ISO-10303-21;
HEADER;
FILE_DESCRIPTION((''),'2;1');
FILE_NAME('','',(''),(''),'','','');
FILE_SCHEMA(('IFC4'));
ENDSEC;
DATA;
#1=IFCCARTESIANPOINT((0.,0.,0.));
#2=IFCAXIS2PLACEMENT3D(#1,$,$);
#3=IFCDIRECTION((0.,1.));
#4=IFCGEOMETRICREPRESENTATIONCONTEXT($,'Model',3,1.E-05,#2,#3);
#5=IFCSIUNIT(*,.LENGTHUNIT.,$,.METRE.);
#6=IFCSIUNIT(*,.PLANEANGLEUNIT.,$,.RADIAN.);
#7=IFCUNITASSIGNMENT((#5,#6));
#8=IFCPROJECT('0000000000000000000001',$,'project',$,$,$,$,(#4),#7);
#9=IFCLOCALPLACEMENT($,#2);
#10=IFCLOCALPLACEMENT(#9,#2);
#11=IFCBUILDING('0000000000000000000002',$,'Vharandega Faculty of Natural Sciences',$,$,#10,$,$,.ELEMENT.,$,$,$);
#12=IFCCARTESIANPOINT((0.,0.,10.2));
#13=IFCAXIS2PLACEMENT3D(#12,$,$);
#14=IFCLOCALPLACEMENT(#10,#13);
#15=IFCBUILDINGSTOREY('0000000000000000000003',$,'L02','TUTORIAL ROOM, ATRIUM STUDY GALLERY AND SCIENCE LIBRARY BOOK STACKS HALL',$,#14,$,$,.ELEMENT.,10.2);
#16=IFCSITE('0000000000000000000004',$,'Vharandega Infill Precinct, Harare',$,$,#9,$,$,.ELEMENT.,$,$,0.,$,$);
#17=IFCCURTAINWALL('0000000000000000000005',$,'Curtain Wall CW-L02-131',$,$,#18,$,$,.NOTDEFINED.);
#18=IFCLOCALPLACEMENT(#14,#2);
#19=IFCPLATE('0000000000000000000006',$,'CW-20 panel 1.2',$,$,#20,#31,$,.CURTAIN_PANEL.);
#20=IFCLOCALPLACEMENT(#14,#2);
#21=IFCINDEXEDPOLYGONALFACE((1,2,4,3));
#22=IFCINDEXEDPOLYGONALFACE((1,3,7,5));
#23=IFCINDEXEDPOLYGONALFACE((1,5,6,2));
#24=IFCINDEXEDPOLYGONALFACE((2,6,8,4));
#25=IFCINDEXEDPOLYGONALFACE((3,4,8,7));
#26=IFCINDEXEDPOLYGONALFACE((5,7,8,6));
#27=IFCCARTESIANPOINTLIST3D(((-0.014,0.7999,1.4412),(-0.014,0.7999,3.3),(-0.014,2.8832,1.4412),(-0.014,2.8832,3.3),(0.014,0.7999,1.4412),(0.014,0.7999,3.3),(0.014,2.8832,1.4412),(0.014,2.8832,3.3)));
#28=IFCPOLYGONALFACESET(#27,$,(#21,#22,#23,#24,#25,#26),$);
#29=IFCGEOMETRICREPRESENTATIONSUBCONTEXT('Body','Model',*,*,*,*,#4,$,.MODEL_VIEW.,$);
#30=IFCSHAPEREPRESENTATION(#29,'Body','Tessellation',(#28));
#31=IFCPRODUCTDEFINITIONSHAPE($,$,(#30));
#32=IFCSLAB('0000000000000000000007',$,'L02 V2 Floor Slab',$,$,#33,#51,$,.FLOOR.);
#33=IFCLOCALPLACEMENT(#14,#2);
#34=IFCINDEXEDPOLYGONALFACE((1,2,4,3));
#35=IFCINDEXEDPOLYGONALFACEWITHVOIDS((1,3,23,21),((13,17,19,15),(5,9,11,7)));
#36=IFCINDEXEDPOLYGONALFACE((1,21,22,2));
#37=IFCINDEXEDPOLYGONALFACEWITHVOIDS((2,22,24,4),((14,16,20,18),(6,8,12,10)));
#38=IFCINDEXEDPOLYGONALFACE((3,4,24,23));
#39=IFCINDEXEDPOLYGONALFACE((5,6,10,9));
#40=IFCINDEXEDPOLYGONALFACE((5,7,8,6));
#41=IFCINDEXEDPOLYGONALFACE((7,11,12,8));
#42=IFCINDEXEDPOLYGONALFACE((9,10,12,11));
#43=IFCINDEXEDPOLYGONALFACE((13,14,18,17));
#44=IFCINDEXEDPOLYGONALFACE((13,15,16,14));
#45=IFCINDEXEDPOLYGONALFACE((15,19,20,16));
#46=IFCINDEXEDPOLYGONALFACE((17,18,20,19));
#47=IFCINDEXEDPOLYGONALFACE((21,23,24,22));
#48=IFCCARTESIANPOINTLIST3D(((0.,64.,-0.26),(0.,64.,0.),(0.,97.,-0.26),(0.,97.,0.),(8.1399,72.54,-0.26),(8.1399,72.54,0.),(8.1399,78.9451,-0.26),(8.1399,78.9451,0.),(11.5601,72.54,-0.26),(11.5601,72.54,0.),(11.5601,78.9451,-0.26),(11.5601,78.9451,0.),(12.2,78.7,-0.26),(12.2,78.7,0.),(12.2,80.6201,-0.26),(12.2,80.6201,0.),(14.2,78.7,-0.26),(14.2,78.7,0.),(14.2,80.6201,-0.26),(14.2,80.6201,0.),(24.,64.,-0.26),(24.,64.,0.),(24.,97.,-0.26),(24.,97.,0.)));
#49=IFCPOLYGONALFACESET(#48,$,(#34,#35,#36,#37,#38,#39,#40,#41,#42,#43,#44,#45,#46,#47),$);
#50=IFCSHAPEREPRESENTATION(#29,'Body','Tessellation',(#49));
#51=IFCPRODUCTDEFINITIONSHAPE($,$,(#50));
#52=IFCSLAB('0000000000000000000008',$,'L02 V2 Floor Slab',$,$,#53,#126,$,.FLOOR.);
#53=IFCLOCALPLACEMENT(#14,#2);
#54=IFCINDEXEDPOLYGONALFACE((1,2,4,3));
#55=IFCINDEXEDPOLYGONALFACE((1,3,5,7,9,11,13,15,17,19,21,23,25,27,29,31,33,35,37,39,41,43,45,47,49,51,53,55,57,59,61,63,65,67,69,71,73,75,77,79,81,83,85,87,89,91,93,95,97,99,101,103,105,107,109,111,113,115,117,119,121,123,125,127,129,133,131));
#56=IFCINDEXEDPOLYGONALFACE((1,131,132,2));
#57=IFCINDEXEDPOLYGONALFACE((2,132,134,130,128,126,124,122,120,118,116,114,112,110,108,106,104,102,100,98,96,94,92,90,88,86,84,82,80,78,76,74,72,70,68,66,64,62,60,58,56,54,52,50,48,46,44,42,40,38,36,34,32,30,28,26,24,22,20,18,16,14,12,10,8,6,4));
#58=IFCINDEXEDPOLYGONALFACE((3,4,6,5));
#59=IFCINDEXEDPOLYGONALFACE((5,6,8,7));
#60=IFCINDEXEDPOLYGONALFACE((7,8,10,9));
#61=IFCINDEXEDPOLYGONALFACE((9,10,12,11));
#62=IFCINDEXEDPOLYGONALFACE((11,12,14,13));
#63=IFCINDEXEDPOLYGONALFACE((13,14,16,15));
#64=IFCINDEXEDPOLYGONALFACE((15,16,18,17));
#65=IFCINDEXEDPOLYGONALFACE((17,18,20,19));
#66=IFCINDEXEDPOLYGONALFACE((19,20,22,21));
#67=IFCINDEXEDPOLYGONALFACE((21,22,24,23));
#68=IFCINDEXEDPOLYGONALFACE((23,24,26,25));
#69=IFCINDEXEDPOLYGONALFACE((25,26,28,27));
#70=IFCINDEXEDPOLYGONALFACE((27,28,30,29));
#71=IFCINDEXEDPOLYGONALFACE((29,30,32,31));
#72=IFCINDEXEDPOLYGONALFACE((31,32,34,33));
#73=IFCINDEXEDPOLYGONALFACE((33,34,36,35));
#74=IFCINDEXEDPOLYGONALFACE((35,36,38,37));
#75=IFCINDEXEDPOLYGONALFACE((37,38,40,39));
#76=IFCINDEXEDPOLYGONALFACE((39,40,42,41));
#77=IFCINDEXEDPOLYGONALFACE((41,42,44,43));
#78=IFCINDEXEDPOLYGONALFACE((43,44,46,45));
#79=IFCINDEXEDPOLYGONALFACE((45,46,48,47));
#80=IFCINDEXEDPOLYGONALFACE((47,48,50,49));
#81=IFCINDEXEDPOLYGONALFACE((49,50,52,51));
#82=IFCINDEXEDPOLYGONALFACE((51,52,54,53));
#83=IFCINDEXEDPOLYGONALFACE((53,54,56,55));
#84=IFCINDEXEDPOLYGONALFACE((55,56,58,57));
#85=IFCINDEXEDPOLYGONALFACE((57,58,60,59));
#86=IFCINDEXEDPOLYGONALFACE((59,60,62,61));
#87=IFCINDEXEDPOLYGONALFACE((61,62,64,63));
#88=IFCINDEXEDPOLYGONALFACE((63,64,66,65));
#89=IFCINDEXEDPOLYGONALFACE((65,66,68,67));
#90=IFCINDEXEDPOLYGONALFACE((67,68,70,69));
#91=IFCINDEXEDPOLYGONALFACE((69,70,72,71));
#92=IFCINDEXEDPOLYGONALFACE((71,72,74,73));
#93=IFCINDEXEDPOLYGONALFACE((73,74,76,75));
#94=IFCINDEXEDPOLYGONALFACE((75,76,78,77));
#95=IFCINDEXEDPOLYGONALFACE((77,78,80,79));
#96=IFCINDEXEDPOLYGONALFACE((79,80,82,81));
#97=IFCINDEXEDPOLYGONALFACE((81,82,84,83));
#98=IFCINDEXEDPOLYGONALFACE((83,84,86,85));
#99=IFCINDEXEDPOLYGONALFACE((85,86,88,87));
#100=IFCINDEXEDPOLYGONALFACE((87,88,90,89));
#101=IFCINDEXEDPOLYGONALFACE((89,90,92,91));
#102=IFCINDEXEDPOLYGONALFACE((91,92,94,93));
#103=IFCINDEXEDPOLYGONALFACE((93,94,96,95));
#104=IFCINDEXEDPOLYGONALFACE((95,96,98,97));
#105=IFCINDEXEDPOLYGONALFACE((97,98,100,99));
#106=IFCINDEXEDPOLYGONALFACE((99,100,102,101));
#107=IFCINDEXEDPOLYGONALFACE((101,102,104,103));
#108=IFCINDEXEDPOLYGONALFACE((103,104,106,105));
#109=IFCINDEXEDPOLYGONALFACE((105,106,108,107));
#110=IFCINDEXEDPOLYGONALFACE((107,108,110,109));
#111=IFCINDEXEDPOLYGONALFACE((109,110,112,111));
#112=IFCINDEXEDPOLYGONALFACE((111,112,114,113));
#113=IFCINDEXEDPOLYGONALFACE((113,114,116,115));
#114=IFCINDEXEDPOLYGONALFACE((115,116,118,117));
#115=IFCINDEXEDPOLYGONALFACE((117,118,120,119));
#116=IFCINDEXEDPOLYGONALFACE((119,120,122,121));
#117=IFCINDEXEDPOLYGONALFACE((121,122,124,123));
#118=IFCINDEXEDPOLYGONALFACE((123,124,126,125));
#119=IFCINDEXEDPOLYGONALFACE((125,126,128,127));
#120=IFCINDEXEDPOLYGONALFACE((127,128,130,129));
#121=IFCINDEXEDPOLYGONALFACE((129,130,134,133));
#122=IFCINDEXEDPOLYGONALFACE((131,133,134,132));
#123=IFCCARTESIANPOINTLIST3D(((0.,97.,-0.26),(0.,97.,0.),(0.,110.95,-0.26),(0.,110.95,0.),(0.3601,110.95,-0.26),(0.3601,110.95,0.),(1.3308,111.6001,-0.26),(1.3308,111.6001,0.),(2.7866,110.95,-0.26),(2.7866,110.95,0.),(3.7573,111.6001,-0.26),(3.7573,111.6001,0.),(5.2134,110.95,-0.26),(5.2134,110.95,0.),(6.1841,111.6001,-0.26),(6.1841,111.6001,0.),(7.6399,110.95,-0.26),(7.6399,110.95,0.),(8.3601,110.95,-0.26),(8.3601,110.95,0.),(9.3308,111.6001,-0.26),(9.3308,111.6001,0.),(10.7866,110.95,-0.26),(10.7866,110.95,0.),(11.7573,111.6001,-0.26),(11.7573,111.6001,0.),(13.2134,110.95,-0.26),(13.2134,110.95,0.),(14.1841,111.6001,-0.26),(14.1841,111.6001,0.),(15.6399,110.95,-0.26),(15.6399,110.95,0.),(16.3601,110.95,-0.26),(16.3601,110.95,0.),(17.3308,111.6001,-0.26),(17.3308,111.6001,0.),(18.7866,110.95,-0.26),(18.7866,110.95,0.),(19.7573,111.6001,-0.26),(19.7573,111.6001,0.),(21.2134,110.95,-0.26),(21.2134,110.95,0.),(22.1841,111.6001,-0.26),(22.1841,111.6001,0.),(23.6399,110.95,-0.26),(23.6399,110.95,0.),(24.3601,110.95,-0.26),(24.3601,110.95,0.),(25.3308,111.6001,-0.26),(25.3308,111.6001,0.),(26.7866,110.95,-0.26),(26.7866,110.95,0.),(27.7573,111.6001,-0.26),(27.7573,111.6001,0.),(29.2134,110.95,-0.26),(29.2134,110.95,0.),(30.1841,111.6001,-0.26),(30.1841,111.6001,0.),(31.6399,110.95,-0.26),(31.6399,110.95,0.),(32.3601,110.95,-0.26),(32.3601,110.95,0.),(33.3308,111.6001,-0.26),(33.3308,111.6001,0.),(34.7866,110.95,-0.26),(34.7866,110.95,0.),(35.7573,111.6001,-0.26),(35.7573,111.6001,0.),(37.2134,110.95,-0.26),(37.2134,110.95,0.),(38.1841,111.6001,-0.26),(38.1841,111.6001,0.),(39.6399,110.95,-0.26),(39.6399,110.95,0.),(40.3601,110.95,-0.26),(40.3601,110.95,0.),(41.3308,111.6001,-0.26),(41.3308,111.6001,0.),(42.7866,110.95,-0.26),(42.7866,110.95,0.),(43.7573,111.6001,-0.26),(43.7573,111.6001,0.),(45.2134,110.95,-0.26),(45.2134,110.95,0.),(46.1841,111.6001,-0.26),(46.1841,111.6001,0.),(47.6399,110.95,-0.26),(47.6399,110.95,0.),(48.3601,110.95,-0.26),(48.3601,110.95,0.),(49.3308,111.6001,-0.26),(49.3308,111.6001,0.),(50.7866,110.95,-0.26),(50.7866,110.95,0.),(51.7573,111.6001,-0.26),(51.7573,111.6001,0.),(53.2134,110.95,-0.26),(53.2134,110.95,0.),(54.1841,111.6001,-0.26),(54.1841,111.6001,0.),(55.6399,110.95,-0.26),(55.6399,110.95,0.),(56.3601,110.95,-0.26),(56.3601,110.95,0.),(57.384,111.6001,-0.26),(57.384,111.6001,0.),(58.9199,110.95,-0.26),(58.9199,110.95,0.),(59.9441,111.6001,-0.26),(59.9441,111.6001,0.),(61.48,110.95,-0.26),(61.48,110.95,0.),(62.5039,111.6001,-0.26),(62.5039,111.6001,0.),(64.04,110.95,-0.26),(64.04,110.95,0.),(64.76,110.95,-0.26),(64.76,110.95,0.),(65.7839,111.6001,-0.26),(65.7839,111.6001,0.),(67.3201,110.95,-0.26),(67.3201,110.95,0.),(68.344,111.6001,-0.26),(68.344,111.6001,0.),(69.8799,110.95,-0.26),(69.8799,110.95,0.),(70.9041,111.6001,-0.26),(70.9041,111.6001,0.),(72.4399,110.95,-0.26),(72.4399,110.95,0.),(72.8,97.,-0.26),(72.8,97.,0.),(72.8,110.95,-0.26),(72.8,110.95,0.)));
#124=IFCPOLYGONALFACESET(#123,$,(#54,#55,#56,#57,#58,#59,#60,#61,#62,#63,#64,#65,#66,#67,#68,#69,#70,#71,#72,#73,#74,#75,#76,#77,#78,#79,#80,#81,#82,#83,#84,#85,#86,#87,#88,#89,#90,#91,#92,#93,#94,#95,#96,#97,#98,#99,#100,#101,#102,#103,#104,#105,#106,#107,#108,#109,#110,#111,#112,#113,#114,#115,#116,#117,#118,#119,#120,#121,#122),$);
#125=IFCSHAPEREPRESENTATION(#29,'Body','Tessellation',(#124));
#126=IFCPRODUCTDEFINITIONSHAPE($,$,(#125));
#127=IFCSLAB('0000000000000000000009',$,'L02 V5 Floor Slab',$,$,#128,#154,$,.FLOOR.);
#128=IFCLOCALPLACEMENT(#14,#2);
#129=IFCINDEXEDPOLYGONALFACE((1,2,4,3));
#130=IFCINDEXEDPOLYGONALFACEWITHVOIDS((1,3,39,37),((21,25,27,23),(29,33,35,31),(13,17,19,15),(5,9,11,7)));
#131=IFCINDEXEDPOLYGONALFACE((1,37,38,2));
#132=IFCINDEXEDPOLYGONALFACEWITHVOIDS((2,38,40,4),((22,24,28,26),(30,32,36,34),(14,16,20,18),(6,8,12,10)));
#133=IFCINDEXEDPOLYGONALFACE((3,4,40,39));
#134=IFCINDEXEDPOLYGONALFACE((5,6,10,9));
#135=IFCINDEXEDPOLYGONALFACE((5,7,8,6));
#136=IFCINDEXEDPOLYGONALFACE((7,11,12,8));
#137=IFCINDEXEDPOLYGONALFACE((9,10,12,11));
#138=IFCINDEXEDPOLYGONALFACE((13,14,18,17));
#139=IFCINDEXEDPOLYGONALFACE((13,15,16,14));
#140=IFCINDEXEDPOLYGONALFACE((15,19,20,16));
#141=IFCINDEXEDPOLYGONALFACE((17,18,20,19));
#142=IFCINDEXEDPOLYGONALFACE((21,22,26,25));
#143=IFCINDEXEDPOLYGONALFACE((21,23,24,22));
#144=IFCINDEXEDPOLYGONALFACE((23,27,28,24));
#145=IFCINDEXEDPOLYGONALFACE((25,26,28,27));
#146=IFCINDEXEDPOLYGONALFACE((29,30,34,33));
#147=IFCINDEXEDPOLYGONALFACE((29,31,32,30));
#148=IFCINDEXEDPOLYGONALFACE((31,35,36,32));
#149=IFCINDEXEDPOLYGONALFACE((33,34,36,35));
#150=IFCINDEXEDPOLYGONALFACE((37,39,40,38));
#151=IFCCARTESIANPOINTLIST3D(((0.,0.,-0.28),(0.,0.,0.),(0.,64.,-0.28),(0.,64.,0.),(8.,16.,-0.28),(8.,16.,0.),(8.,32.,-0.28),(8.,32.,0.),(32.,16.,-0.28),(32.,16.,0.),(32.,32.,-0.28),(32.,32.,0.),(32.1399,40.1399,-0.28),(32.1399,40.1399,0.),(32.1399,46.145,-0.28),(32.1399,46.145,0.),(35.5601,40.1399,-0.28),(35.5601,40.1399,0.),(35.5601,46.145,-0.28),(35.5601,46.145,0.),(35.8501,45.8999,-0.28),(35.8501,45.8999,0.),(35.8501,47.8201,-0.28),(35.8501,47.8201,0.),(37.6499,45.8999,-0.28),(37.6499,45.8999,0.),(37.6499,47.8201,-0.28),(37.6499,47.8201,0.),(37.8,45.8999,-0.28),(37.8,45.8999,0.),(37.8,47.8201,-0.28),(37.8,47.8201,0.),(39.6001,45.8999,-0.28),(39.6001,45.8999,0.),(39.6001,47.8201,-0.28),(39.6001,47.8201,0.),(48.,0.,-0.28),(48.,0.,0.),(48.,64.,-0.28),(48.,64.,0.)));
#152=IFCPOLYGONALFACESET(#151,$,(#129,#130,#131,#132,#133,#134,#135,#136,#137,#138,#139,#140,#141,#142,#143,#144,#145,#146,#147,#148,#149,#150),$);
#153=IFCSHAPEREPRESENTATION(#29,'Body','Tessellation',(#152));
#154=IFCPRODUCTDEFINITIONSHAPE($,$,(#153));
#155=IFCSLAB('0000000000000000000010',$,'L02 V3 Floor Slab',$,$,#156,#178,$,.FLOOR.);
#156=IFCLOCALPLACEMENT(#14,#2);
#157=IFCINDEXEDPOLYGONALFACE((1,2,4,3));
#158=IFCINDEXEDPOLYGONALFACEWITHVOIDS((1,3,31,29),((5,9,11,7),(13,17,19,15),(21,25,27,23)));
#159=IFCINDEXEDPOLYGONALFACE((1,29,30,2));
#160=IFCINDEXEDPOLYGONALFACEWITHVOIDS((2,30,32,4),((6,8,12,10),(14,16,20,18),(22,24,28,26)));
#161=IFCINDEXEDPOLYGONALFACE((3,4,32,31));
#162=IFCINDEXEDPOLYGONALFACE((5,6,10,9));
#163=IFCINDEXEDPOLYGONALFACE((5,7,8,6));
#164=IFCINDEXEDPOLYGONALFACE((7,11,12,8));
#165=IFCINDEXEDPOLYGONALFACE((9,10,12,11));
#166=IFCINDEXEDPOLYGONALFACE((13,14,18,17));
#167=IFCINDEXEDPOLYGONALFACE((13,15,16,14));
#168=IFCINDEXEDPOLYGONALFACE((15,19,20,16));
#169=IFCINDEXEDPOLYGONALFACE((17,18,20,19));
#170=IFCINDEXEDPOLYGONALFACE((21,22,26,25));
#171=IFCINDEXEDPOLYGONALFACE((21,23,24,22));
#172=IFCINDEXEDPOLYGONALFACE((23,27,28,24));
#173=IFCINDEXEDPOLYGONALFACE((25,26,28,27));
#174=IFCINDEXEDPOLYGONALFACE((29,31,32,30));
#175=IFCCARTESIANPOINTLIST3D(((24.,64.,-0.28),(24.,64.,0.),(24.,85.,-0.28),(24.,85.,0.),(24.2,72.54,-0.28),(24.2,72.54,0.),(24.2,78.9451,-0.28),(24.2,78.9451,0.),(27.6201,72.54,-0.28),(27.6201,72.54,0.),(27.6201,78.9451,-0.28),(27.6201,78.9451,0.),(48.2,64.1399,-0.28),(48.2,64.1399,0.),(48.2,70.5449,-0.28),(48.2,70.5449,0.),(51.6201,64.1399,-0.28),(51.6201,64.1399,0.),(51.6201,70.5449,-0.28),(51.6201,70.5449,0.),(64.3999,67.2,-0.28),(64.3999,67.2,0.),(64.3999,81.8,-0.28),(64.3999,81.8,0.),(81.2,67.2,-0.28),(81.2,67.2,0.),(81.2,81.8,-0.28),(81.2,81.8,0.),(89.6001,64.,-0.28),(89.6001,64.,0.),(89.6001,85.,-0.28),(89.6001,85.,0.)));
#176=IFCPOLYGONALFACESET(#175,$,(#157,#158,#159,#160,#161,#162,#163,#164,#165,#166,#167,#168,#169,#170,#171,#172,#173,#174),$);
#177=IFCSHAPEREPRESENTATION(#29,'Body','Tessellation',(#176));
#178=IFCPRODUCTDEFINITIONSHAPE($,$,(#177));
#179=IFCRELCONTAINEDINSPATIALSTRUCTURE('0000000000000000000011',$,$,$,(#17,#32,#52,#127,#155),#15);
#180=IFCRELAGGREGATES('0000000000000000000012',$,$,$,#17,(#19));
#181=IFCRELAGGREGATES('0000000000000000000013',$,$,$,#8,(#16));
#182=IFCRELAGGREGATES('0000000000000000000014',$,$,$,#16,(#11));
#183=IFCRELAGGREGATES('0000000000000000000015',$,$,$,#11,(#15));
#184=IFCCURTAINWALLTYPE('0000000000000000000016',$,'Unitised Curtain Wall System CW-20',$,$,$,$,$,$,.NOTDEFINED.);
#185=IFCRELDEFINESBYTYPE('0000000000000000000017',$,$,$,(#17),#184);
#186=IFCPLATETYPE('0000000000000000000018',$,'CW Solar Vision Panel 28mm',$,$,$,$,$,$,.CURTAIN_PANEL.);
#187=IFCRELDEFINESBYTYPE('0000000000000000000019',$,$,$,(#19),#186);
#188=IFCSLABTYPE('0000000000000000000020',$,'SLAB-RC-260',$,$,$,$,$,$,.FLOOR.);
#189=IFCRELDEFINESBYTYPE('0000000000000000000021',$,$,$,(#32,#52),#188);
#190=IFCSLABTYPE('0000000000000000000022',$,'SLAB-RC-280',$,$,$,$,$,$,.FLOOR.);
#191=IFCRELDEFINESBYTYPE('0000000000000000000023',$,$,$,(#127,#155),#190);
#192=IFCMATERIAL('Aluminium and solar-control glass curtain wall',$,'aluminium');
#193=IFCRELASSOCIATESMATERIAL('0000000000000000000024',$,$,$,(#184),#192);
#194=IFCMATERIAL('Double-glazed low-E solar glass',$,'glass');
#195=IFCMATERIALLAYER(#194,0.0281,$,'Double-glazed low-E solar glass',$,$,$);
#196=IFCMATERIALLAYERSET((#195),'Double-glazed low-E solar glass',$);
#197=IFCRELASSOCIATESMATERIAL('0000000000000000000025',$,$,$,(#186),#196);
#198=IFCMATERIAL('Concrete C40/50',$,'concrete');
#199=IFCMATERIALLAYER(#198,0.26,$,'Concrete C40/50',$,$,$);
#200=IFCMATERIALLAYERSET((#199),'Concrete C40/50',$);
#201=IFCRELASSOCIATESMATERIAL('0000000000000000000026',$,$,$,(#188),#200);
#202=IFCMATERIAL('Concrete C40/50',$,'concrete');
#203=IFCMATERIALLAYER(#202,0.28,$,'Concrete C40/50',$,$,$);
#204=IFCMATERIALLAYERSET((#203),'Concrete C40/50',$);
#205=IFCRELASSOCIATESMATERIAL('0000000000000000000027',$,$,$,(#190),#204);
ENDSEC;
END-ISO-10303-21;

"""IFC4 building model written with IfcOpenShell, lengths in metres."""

from ifc_helpers import new_model, si_unit, direction, frame, origin, origin_2d, place, context, subcontext, project, spatial, polyline, rectangle, outline, extrude, material, layer, layer_set, type_object, element, aggregate, save


model = new_model("IFC4")

# Units and contexts
model_context = context("Model", 3, precision=1e-05, world=origin(), true_north=direction((0.0, 1.0)))
body_context = subcontext(model_context, "Body", "Model", "MODEL_VIEW")
ifc_project = project(units=[si_unit("LENGTHUNIT", "METRE"), si_unit("PLANEANGLEUNIT", "RADIAN")], contexts=[model_context])

# Site, building, storey
site_placement = place(None, origin())
site = spatial("IfcSite", under=ifc_project, at=site_placement, Name="Vharandega Infill Precinct, Harare", CompositionType="ELEMENT", RefElevation=0.0)
building_placement = place(site_placement, origin())
building = spatial("IfcBuilding", under=site, at=building_placement, Name="Vharandega Faculty of Natural Sciences", CompositionType="ELEMENT")
storey_placement = place(building_placement, frame((0.0, 0.0, 10.2)))
storey = spatial("IfcBuildingStorey", under=building, at=storey_placement, Name="L02", Description="TUTORIAL ROOM, ATRIUM STUDY GALLERY AND SCIENCE LIBRARY BOOK STACKS HALL", CompositionType="ELEMENT", Elevation=10.2)

# Curtain wall
ifc_material_1 = material(Name="Aluminium and solar-control glass curtain wall", Category="aluminium")
curtain_wall_type = type_object("IfcCurtainWallType", Name="Unitised Curtain Wall System CW-20", PredefinedType="NOTDEFINED", material=ifc_material_1)
curtain_wall_placement = place(storey_placement, origin())
curtain_wall = element("IfcCurtainWall", 1, at=curtain_wall_placement, inside=storey, type_object=curtain_wall_type, Name="Curtain Wall CW-L02-131", PredefinedType="NOTDEFINED")

# Plate
ifc_material_2 = material(Name="Double-glazed low-E solar glass", Category="glass")
ifc_layer_1 = layer(ifc_material_2, 0.0281, Name="Double-glazed low-E solar glass")
ifc_layer_set_1 = layer_set([ifc_layer_1], Name="Double-glazed low-E solar glass")
plate_type = type_object("IfcPlateType", Name="CW Solar Vision Panel 28mm", PredefinedType="CURTAIN_PANEL", material=ifc_layer_set_1)
plate_1_placement = place(storey_placement, frame((0.0, 1.8416, 1.4412), z_axis=(0.0, 0.0, 1.0), x_axis=(0.0, 1.0, 0.0)))
plate_1 = element("IfcPlate", 2, at=plate_1_placement, type_object=plate_type, Name="CW-20 panel 1.2", PredefinedType="CURTAIN_PANEL", context=body_context, shape_type="SweptSolid", body=[
    extrude(rectangle(XDim=2.0833, YDim=0.0281, at=origin_2d()), origin(), (0.0, 0.0, 1.0), 1.8589),
])
aggregate(curtain_wall, [plate_1])

# Slabs
ifc_material_3 = material(Name="Concrete C40/50", Category="concrete")
ifc_layer_2 = layer(ifc_material_3, 0.26, Name="Concrete C40/50")
ifc_layer_set_2 = layer_set([ifc_layer_2], Name="Concrete C40/50")
slab_type_1 = type_object("IfcSlabType", Name="SLAB-RC-260", PredefinedType="FLOOR", material=ifc_layer_set_2)
slab_1_placement = place(storey_placement, frame((0.0, 0.0, -0.26)))
element("IfcSlab", 3, at=slab_1_placement, inside=storey, type_object=slab_type_1, Name="L02 V2 Floor Slab", PredefinedType="FLOOR", context=body_context, shape_type="SweptSolid", body=[
    extrude(outline(polyline([(0.0, 64.0), (24.0, 64.0), (24.0, 97.0), (0.0, 97.0), (0.0, 64.0)]), holes=[polyline([(8.1399, 78.9451), (8.1399, 72.54), (11.5601, 72.54), (11.5601, 78.9451), (8.1399, 78.9451)]), polyline([(12.2, 78.7), (14.2, 78.7), (14.2, 80.6201), (12.2, 80.6201), (12.2, 78.7)])]), origin(), (0.0, 0.0, 1.0), 0.26),
])
slab_2_placement = place(storey_placement, frame((0.0, 0.0, -0.26)))
element("IfcSlab", 4, at=slab_2_placement, inside=storey, type_object=slab_type_1, Name="L02 V2 Floor Slab", PredefinedType="FLOOR", context=body_context, shape_type="SweptSolid", body=[
    extrude(outline(polyline([(0.0, 97.0), (72.8, 97.0), (72.8, 110.95), (72.4399, 110.95), (70.9041, 111.6001), (69.8799, 110.95), (69.8799, 110.95), (68.344, 111.6001), (67.3201, 110.95), (67.3201, 110.95), (65.7839, 111.6001), (64.76, 110.95), (64.04, 110.95), (62.5039, 111.6001), (61.48, 110.95), (61.48, 110.95), (59.9441, 111.6001), (58.9199, 110.95), (58.9199, 110.95), (57.384, 111.6001), (56.3601, 110.95), (55.6399, 110.95), (54.1841, 111.6001), (53.2134, 110.95), (53.2134, 110.95), (51.7573, 111.6001), (50.7866, 110.95), (50.7866, 110.95), (49.3308, 111.6001), (48.3601, 110.95), (47.6399, 110.95), (46.1841, 111.6001), (45.2134, 110.95), (45.2134, 110.95), (43.7573, 111.6001), (42.7866, 110.95), (42.7866, 110.95), (41.3308, 111.6001), (40.3601, 110.95), (39.6399, 110.95), (38.1841, 111.6001), (37.2134, 110.95), (37.2134, 110.95), (35.7573, 111.6001), (34.7866, 110.95), (34.7866, 110.95), (33.3308, 111.6001), (32.3601, 110.95), (31.6399, 110.95), (30.1841, 111.6001), (29.2134, 110.95), (29.2134, 110.95), (27.7573, 111.6001), (26.7866, 110.95), (26.7866, 110.95), (25.3308, 111.6001), (24.3601, 110.95), (23.6399, 110.95), (22.1841, 111.6001), (21.2134, 110.95), (21.2134, 110.95), (19.7573, 111.6001), (18.7866, 110.95), (18.7866, 110.95), (17.3308, 111.6001), (16.3601, 110.95), (15.6399, 110.95), (14.1841, 111.6001), (13.2134, 110.95), (13.2134, 110.95), (11.7573, 111.6001), (10.7866, 110.95), (10.7866, 110.95), (9.3308, 111.6001), (8.3601, 110.95), (7.6399, 110.95), (6.1841, 111.6001), (5.2134, 110.95), (5.2134, 110.95), (3.7573, 111.6001), (2.7866, 110.95), (2.7866, 110.95), (1.3308, 111.6001), (0.3601, 110.95), (0.0, 110.95), (0.0, 97.0)])), origin(), (0.0, 0.0, 1.0), 0.26),
])
ifc_material_4 = material(Name="Concrete C40/50", Category="concrete")
ifc_layer_3 = layer(ifc_material_4, 0.28, Name="Concrete C40/50")
ifc_layer_set_3 = layer_set([ifc_layer_3], Name="Concrete C40/50")
slab_type_2 = type_object("IfcSlabType", Name="SLAB-RC-280", PredefinedType="FLOOR", material=ifc_layer_set_3)
slab_3_placement = place(storey_placement, frame((0.0, 0.0, -0.28)))
element("IfcSlab", 5, at=slab_3_placement, inside=storey, type_object=slab_type_2, Name="L02 V5 Floor Slab", PredefinedType="FLOOR", context=body_context, shape_type="SweptSolid", body=[
    extrude(outline(polyline([(0.0, 0.0), (48.0, 0.0), (48.0, 64.0), (0.0, 64.0), (0.0, 0.0)]), holes=[polyline([(8.0, 16.0), (32.0, 16.0), (32.0, 32.0), (8.0, 32.0), (8.0, 16.0)]), polyline([(32.1399, 46.145), (32.1399, 40.1399), (35.5601, 40.1399), (35.5601, 46.145), (32.1399, 46.145)]), polyline([(35.8501, 45.8999), (37.6499, 45.8999), (37.6499, 47.8201), (35.8501, 47.8201), (35.8501, 45.8999)]), polyline([(37.8, 45.8999), (39.6001, 45.8999), (39.6001, 47.8201), (37.8, 47.8201), (37.8, 45.8999)])]), origin(), (0.0, 0.0, 1.0), 0.28),
])
slab_4_placement = place(storey_placement, frame((0.0, 0.0, -0.28)))
element("IfcSlab", 6, at=slab_4_placement, inside=storey, type_object=slab_type_2, Name="L02 V3 Floor Slab", PredefinedType="FLOOR", context=body_context, shape_type="SweptSolid", body=[
    extrude(outline(polyline([(24.0, 64.0), (89.6001, 64.0), (89.6001, 85.0), (24.0, 85.0), (24.0, 64.0)]), holes=[polyline([(64.3999, 67.2), (81.2, 67.2), (81.2, 81.8), (64.3999, 81.8), (64.3999, 67.2)]), polyline([(48.2, 70.5449), (48.2, 64.1399), (51.6201, 64.1399), (51.6201, 70.5449), (48.2, 70.5449)]), polyline([(24.2, 78.9451), (24.2, 72.54), (27.6201, 72.54), (27.6201, 78.9451), (24.2, 78.9451)])]), origin(), (0.0, 0.0, 1.0), 0.28),
])

save(model, "model.ifc")
